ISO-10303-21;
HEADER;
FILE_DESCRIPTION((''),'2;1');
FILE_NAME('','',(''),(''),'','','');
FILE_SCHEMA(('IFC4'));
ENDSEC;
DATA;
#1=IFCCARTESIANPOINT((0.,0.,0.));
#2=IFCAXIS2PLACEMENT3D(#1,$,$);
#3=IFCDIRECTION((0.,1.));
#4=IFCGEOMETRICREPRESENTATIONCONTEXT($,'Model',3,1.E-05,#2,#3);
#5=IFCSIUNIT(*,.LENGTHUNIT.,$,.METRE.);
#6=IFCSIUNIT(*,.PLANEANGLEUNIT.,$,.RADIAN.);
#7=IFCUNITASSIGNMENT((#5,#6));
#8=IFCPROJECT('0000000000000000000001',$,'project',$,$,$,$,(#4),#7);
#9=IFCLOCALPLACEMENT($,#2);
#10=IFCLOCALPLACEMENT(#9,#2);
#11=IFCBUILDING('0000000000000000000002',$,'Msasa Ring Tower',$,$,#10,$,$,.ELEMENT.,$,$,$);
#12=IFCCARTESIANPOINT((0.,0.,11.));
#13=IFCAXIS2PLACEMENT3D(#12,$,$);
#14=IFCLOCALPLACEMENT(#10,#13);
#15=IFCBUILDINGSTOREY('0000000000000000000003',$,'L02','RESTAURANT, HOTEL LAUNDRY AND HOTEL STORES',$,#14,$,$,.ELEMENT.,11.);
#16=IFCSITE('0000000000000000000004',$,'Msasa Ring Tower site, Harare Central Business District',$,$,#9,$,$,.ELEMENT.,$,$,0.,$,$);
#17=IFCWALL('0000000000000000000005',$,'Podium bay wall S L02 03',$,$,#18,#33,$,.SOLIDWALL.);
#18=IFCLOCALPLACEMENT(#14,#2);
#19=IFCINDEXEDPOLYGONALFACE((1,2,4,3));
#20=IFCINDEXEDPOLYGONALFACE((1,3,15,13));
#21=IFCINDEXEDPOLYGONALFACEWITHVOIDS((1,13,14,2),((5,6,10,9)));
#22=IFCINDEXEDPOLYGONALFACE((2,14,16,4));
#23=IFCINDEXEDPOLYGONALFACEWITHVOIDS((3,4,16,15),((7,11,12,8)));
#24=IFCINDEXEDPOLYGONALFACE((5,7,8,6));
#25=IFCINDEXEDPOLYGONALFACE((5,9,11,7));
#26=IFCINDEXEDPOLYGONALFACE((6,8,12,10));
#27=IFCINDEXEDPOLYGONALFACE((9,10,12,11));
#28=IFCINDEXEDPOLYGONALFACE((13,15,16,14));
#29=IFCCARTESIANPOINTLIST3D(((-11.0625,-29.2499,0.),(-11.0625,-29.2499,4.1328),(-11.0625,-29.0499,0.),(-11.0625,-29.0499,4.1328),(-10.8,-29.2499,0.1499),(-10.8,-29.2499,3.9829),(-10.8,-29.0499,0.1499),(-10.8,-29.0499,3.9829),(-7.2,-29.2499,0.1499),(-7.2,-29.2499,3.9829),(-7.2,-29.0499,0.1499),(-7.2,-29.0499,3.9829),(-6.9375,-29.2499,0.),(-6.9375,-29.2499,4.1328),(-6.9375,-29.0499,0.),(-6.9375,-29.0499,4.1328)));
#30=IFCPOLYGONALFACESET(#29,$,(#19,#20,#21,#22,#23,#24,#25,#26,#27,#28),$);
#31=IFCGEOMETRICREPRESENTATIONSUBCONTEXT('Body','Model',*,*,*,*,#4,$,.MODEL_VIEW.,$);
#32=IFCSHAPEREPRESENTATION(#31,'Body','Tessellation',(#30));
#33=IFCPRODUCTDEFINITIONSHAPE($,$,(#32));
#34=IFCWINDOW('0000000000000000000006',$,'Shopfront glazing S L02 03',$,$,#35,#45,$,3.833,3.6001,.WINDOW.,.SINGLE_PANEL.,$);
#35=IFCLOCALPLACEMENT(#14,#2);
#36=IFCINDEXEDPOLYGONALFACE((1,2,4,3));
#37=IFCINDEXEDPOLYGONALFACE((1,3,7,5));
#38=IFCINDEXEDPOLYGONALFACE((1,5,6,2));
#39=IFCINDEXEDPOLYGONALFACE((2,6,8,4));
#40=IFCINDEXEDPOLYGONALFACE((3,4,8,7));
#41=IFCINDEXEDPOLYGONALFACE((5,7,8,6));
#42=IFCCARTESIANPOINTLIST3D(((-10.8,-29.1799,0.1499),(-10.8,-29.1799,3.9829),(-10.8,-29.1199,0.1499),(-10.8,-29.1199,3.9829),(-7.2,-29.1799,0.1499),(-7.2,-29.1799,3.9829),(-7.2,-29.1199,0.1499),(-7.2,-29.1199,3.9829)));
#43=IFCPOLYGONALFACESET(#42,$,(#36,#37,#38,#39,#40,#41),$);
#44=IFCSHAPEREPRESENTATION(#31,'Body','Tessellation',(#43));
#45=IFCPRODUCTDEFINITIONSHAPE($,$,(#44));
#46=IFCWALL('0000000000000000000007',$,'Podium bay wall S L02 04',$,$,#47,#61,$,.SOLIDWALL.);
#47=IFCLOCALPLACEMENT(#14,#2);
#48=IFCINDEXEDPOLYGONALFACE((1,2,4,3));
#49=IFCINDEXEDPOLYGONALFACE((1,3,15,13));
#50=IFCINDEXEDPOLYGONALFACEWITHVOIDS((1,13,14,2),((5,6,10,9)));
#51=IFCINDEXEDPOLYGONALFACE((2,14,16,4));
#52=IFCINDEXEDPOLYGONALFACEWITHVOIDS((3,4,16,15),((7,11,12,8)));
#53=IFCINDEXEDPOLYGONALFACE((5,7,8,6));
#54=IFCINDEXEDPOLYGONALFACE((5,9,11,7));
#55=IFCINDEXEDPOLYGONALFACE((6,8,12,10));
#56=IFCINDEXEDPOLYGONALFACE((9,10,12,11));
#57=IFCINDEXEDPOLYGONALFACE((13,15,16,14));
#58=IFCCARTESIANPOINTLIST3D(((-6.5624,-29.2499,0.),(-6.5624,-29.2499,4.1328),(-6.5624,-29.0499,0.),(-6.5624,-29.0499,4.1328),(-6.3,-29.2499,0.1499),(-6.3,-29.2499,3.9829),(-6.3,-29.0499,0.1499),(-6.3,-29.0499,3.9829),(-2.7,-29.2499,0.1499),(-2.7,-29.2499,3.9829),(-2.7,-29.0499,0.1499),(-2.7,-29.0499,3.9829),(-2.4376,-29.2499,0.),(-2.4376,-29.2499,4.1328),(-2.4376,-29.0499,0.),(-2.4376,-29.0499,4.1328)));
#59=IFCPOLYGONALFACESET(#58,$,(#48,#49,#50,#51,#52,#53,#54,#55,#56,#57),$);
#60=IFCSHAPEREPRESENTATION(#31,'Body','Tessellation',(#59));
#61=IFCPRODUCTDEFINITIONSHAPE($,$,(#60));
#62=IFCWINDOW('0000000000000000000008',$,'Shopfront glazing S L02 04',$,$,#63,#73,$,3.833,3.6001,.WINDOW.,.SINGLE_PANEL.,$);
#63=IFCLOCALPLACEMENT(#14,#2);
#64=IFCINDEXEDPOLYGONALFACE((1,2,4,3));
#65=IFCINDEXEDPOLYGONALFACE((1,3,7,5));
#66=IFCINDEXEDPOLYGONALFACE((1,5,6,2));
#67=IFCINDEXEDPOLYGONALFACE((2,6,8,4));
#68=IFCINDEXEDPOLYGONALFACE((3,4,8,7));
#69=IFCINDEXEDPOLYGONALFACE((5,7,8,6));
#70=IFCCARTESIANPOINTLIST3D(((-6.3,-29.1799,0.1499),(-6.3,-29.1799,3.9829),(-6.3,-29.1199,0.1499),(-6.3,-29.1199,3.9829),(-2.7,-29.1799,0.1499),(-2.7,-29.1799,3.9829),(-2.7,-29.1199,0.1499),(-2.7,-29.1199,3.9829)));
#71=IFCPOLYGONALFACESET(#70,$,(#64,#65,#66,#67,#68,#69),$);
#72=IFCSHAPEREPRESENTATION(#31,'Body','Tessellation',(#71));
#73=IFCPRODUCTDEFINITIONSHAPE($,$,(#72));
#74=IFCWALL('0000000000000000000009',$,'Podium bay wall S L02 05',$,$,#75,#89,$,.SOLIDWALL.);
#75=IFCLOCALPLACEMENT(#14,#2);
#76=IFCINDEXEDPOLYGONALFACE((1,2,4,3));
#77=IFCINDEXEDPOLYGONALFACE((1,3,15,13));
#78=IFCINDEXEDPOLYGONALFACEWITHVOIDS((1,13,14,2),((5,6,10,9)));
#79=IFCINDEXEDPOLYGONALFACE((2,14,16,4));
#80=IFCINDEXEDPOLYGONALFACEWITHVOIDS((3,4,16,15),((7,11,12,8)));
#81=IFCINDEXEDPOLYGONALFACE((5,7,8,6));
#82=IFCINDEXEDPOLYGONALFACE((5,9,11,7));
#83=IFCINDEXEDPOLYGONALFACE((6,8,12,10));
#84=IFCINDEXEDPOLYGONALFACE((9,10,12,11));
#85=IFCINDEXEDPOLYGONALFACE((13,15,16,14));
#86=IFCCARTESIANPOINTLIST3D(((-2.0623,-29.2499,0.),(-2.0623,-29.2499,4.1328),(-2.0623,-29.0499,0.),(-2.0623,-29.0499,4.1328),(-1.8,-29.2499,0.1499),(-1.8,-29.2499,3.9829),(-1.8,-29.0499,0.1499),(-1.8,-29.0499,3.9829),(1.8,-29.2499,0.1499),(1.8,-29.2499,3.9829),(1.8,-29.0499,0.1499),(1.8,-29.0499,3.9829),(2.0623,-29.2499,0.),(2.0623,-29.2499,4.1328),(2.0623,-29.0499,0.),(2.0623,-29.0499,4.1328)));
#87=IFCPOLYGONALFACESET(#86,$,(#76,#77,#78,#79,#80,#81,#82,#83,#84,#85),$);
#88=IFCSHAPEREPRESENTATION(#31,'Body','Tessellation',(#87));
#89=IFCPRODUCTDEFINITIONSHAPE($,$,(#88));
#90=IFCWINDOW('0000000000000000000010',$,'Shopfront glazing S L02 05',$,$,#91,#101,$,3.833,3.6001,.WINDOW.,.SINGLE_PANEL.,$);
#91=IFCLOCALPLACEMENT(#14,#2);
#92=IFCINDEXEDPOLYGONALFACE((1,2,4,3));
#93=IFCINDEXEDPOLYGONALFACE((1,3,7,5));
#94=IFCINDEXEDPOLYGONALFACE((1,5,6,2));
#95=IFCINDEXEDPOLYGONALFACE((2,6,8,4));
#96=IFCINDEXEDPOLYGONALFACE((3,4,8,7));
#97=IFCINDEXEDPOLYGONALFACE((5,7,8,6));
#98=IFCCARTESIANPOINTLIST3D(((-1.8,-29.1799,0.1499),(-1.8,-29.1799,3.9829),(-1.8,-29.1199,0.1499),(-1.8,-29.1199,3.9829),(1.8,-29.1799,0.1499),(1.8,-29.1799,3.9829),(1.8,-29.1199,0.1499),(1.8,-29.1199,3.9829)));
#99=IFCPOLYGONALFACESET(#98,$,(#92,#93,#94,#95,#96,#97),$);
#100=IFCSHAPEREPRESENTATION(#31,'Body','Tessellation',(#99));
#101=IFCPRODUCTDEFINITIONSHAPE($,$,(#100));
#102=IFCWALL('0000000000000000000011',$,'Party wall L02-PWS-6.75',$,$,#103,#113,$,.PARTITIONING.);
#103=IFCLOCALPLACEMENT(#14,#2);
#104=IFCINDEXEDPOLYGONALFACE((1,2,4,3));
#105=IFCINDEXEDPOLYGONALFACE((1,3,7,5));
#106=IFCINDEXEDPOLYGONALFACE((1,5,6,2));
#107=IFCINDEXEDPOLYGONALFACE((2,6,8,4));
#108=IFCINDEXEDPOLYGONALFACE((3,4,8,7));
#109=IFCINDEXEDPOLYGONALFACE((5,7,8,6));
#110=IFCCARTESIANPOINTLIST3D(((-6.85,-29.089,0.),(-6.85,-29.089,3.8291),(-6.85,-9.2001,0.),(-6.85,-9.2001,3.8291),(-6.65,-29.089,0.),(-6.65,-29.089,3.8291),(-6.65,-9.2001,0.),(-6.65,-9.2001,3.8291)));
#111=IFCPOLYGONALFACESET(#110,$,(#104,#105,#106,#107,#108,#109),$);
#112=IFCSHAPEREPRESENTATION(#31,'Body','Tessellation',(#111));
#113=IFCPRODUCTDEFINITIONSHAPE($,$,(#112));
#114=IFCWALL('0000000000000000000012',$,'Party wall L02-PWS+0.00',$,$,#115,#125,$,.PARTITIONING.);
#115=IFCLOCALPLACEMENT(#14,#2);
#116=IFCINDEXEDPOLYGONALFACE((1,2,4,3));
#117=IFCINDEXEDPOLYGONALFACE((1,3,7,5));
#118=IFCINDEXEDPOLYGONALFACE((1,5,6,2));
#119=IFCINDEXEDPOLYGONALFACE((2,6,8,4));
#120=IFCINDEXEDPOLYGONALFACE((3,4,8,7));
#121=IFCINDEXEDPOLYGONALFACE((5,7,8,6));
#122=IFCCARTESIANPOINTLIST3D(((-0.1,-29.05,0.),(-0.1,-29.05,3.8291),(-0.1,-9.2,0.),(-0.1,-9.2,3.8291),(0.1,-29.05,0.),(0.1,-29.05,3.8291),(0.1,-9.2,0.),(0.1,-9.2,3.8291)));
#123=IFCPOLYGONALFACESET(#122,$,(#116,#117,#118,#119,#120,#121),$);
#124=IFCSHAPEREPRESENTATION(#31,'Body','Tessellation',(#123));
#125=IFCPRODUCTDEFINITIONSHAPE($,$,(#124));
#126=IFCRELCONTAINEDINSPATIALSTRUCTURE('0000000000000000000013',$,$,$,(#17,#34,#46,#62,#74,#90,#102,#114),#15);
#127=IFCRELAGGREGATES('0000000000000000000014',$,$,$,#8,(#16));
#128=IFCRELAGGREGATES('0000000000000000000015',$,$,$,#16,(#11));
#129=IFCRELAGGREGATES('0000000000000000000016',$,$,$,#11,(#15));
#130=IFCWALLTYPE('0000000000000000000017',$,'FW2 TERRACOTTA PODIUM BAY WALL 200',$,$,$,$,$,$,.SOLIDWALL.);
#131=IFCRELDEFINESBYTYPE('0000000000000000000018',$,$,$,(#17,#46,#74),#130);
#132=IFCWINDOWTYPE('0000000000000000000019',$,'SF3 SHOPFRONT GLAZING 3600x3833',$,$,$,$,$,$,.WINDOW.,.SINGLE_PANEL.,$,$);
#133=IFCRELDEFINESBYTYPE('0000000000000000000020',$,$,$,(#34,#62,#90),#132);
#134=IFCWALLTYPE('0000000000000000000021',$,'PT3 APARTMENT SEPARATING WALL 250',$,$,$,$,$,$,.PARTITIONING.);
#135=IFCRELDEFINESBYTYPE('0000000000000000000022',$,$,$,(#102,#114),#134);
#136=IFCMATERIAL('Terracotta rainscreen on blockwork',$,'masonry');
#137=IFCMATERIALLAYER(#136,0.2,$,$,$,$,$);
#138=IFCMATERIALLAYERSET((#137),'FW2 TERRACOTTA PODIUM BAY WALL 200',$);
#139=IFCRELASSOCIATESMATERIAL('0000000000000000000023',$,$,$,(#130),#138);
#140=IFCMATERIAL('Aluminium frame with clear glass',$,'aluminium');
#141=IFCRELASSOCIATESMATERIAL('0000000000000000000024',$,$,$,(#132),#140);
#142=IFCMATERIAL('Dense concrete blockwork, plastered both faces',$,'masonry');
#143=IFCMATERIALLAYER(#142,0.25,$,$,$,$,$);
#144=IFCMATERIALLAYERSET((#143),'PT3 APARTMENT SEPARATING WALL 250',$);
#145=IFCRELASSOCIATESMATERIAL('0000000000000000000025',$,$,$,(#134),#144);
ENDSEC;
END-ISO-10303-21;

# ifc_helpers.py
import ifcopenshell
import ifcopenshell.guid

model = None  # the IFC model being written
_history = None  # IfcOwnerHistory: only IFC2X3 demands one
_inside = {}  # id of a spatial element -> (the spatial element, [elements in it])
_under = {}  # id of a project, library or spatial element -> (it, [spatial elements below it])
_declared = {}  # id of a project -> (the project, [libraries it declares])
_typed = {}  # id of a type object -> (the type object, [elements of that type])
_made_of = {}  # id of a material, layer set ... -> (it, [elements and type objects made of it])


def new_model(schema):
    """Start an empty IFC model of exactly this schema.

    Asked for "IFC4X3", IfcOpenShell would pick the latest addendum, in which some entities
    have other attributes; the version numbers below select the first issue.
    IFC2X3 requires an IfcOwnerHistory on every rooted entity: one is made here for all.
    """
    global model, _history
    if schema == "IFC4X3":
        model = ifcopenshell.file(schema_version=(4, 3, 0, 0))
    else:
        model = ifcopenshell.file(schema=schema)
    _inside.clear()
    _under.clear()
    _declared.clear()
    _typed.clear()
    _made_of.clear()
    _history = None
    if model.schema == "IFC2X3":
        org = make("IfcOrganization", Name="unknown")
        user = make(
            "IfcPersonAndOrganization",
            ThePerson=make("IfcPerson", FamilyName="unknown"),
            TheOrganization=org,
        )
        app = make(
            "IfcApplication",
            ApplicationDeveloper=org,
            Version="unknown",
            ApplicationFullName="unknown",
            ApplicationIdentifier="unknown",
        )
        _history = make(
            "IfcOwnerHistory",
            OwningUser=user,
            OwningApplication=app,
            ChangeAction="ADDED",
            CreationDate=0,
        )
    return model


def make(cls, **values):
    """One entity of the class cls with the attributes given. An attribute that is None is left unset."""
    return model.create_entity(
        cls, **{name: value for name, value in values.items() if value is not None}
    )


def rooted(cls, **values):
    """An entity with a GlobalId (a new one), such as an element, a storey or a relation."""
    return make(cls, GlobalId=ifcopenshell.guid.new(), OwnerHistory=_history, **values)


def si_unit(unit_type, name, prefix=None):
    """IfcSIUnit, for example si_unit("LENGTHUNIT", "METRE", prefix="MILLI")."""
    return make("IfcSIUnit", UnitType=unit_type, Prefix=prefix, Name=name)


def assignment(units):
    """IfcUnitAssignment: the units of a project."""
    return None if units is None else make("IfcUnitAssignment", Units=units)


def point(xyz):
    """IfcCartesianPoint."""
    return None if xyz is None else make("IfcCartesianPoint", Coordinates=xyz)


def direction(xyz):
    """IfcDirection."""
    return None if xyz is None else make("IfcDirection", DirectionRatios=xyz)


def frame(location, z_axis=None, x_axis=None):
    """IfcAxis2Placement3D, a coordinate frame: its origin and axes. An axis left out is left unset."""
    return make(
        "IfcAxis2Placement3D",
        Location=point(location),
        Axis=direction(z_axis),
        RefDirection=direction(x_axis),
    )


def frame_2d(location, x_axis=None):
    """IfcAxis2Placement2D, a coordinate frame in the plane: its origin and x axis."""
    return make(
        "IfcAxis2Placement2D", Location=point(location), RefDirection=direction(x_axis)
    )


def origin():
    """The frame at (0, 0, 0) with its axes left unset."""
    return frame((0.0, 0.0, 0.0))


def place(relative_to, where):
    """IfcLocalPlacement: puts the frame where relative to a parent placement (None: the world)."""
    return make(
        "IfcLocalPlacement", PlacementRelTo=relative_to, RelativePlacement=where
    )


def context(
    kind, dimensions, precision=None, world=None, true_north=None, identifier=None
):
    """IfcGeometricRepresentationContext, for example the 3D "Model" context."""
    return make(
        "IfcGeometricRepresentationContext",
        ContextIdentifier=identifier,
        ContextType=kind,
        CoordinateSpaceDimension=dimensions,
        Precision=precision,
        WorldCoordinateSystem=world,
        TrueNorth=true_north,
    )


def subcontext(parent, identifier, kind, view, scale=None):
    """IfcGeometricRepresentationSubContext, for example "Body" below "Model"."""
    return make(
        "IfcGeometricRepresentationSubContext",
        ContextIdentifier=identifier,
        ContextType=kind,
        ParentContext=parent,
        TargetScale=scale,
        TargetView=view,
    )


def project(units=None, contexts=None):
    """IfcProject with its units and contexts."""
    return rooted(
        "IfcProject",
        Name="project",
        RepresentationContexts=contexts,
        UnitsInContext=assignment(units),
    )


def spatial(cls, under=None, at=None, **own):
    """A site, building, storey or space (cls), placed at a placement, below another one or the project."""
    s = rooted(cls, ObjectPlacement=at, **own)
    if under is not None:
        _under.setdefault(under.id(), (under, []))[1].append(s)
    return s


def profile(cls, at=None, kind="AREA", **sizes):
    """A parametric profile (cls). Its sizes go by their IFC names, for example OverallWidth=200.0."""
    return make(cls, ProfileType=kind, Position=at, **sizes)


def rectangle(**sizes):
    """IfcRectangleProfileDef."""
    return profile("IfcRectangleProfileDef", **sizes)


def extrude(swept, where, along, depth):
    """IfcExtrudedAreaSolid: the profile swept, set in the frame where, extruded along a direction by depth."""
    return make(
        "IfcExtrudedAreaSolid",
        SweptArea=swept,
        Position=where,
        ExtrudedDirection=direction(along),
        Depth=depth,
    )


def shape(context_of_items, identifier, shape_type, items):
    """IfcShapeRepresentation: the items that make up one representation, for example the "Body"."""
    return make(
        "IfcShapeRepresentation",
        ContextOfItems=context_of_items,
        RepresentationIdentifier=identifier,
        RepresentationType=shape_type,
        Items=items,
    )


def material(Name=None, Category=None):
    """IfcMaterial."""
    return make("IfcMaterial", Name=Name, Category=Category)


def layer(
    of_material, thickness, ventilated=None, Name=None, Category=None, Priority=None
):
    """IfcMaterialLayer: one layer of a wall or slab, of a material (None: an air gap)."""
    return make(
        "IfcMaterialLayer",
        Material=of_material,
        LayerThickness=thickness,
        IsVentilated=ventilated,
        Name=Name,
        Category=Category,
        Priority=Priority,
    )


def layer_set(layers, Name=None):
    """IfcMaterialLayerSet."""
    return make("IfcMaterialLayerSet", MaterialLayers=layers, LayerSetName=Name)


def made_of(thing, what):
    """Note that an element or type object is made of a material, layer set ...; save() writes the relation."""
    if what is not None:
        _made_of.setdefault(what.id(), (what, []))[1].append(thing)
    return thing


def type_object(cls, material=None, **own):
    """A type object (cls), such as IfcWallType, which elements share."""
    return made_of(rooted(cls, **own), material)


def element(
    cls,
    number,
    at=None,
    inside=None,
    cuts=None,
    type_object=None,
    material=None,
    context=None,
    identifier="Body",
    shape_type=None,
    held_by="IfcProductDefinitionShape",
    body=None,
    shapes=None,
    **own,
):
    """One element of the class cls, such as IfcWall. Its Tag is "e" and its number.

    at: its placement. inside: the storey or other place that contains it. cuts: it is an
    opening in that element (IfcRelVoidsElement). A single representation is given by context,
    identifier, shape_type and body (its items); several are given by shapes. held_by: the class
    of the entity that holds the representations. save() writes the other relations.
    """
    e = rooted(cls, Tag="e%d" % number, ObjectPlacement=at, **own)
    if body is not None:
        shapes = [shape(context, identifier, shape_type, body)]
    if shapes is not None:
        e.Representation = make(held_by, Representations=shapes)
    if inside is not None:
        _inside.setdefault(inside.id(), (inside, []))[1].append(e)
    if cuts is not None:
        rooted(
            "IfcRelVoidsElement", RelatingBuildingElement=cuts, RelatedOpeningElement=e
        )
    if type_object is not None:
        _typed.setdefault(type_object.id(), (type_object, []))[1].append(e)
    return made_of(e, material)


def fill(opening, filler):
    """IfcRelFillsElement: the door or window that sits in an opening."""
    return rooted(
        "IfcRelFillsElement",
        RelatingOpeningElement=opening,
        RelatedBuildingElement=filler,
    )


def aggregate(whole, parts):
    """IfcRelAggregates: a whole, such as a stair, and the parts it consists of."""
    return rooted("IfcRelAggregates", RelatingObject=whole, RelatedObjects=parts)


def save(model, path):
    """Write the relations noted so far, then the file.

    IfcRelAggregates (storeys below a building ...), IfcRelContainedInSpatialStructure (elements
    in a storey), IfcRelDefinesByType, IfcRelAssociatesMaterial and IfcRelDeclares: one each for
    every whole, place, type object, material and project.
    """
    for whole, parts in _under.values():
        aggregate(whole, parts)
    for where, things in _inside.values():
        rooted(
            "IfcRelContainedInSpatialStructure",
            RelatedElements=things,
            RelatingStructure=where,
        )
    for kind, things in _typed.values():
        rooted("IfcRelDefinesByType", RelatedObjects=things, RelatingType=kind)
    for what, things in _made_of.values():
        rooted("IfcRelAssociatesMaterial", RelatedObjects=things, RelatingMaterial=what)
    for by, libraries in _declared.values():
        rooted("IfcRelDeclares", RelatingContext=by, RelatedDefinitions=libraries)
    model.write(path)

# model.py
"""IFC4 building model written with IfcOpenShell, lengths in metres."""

from ifc_helpers import new_model, si_unit, direction, frame, frame_2d, origin, place, context, subcontext, project, spatial, rectangle, extrude, material, layer, layer_set, type_object, element, fill, save


model = new_model("IFC4")

# Units and contexts
model_context = context("Model", 3, precision=1e-05, world=origin(), true_north=direction((0.0, 1.0)))
body_context = subcontext(model_context, "Body", "Model", "MODEL_VIEW")
ifc_project = project(units=[si_unit("LENGTHUNIT", "METRE"), si_unit("PLANEANGLEUNIT", "RADIAN")], contexts=[model_context])

# Site, building, storey
site_placement = place(None, origin())
site = spatial("IfcSite", under=ifc_project, at=site_placement, Name="Msasa Ring Tower site, Harare Central Business District", CompositionType="ELEMENT", RefElevation=0.0)
building_placement = place(site_placement, origin())
building = spatial("IfcBuilding", under=site, at=building_placement, Name="Msasa Ring Tower", CompositionType="ELEMENT")
storey_placement = place(building_placement, frame((0.0, 0.0, 11.0)))
storey = spatial("IfcBuildingStorey", under=building, at=storey_placement, Name="L02", Description="RESTAURANT, HOTEL LAUNDRY AND HOTEL STORES", CompositionType="ELEMENT", Elevation=11.0)

# Walls, openings, windows
ifc_material_1 = material(Name="Terracotta rainscreen on blockwork", Category="masonry")
ifc_layer_1 = layer(ifc_material_1, 0.2)
ifc_layer_set_1 = layer_set([ifc_layer_1], Name="FW2 TERRACOTTA PODIUM BAY WALL 200")
wall_type_1 = type_object("IfcWallType", Name="FW2 TERRACOTTA PODIUM BAY WALL 200", PredefinedType="SOLIDWALL", material=ifc_layer_set_1)
wall_1_placement = place(storey_placement, frame((-11.0625, -29.1499, 0.0), z_axis=(0.0, 0.0, 1.0), x_axis=(1.0, 0.0, 0.0)))
wall_1 = element("IfcWall", 1, at=wall_1_placement, inside=storey, type_object=wall_type_1, Name="Podium bay wall S L02 03", PredefinedType="SOLIDWALL", context=body_context, shape_type="SweptSolid", body=[
    extrude(rectangle(XDim=4.125, YDim=0.2, at=frame_2d((2.0625, 0.0))), origin(), (0.0, 0.0, 1.0), 4.1328),
])
opening_1_placement = place(wall_1_placement, frame((0.2625, 0.0, 0.1499)))
opening_1 = element("IfcOpeningElement", 2, at=opening_1_placement, cuts=wall_1, PredefinedType="OPENING", context=body_context, shape_type="SweptSolid", body=[
    extrude(rectangle(XDim=3.6001, YDim=3.833, at=frame_2d((1.8, 1.9165))), frame((0.0, 0.1099, 0.0), z_axis=(0.0, -1.0, 0.0), x_axis=(1.0, 0.0, 0.0)), (0.0, 0.0, 1.0), 0.22),
])
ifc_material_2 = material(Name="Aluminium frame with clear glass", Category="aluminium")
window_type = type_object("IfcWindowType", Name="SF3 SHOPFRONT GLAZING 3600x3833", PartitioningType="SINGLE_PANEL", PredefinedType="WINDOW", material=ifc_material_2)
window_1_placement = place(opening_1_placement, origin())
window_1 = element("IfcWindow", 3, at=window_1_placement, inside=storey, type_object=window_type, Name="Shopfront glazing S L02 03", OverallHeight=3.833, OverallWidth=3.6001, PartitioningType="SINGLE_PANEL", PredefinedType="WINDOW", context=body_context, shape_type="SweptSolid", body=[
    extrude(rectangle(XDim=3.6001, YDim=3.833, at=frame_2d((1.8, 1.9165))), frame((0.0, 0.03, 0.0), z_axis=(0.0, -1.0, 0.0), x_axis=(1.0, 0.0, 0.0)), (0.0, 0.0, 1.0), 0.0601),
])
fill(opening_1, window_1)
wall_2_placement = place(storey_placement, frame((-6.5625, -29.1499, 0.0), z_axis=(0.0, 0.0, 1.0), x_axis=(1.0, 0.0, 0.0)))
wall_2 = element("IfcWall", 4, at=wall_2_placement, inside=storey, type_object=wall_type_1, Name="Podium bay wall S L02 04", PredefinedType="SOLIDWALL", context=body_context, shape_type="SweptSolid", body=[
    extrude(rectangle(XDim=4.1248, YDim=0.2, at=frame_2d((2.0625, 0.0))), origin(), (0.0, 0.0, 1.0), 4.1328),
])
opening_2_placement = place(wall_2_placement, frame((0.2625, 0.0, 0.1499)))
opening_2 = element("IfcOpeningElement", 5, at=opening_2_placement, cuts=wall_2, PredefinedType="OPENING", context=body_context, shape_type="SweptSolid", body=[
    extrude(rectangle(XDim=3.6001, YDim=3.833, at=frame_2d((1.8, 1.9165))), frame((0.0, 0.1099, 0.0), z_axis=(0.0, -1.0, 0.0), x_axis=(1.0, 0.0, 0.0)), (0.0, 0.0, 1.0), 0.22),
])
window_2_placement = place(opening_2_placement, origin())
window_2 = element("IfcWindow", 6, at=window_2_placement, inside=storey, type_object=window_type, Name="Shopfront glazing S L02 04", OverallHeight=3.833, OverallWidth=3.6001, PartitioningType="SINGLE_PANEL", PredefinedType="WINDOW", context=body_context, shape_type="SweptSolid", body=[
    extrude(rectangle(XDim=3.6001, YDim=3.833, at=frame_2d((1.8, 1.9165))), frame((0.0, 0.03, 0.0), z_axis=(0.0, -1.0, 0.0), x_axis=(1.0, 0.0, 0.0)), (0.0, 0.0, 1.0), 0.0601),
])
fill(opening_2, window_2)
wall_3_placement = place(storey_placement, frame((-2.0623, -29.1499, 0.0), z_axis=(0.0, 0.0, 1.0), x_axis=(1.0, 0.0, 0.0)))
wall_3 = element("IfcWall", 7, at=wall_3_placement, inside=storey, type_object=wall_type_1, Name="Podium bay wall S L02 05", PredefinedType="SOLIDWALL", context=body_context, shape_type="SweptSolid", body=[
    extrude(rectangle(XDim=4.1245, YDim=0.2, at=frame_2d((2.0623, 0.0))), origin(), (0.0, 0.0, 1.0), 4.1328),
])
opening_3_placement = place(wall_3_placement, frame((0.2622, 0.0, 0.1499)))
opening_3 = element("IfcOpeningElement", 8, at=opening_3_placement, cuts=wall_3, PredefinedType="OPENING", context=body_context, shape_type="SweptSolid", body=[
    extrude(rectangle(XDim=3.6001, YDim=3.833, at=frame_2d((1.8, 1.9165))), frame((0.0, 0.1099, 0.0), z_axis=(0.0, -1.0, 0.0), x_axis=(1.0, 0.0, 0.0)), (0.0, 0.0, 1.0), 0.22),
])
window_3_placement = place(opening_3_placement, origin())
window_3 = element("IfcWindow", 9, at=window_3_placement, inside=storey, type_object=window_type, Name="Shopfront glazing S L02 05", OverallHeight=3.833, OverallWidth=3.6001, PartitioningType="SINGLE_PANEL", PredefinedType="WINDOW", context=body_context, shape_type="SweptSolid", body=[
    extrude(rectangle(XDim=3.6001, YDim=3.833, at=frame_2d((1.8, 1.9165))), frame((0.0, 0.03, 0.0), z_axis=(0.0, -1.0, 0.0), x_axis=(1.0, 0.0, 0.0)), (0.0, 0.0, 1.0), 0.0601),
])
fill(opening_3, window_3)

# Walls
ifc_material_3 = material(Name="Dense concrete blockwork, plastered both faces", Category="masonry")
ifc_layer_2 = layer(ifc_material_3, 0.25)
ifc_layer_set_2 = layer_set([ifc_layer_2], Name="PT3 APARTMENT SEPARATING WALL 250")
wall_type_2 = type_object("IfcWallType", Name="PT3 APARTMENT SEPARATING WALL 250", PredefinedType="PARTITIONING", material=ifc_layer_set_2)
wall_4_placement = place(storey_placement, frame((-6.75, -29.0889, 0.0), z_axis=(0.0, 0.0, 1.0), x_axis=(0.0, 1.0, 0.0)))
element("IfcWall", 10, at=wall_4_placement, inside=storey, type_object=wall_type_2, Name="Party wall L02-PWS-6.75", PredefinedType="PARTITIONING", context=body_context, shape_type="SweptSolid", body=[
    extrude(rectangle(XDim=19.8889, YDim=0.2, at=frame_2d((9.9443, 0.0))), origin(), (0.0, 0.0, 1.0), 3.8291),
])
wall_5_placement = place(storey_placement, frame((0.0, -29.05, 0.0), z_axis=(0.0, 0.0, 1.0), x_axis=(0.0, 1.0, 0.0)))
element("IfcWall", 11, at=wall_5_placement, inside=storey, type_object=wall_type_2, Name="Party wall L02-PWS+0.00", PredefinedType="PARTITIONING", context=body_context, shape_type="SweptSolid", body=[
    extrude(rectangle(XDim=19.8501, YDim=0.2, at=frame_2d((9.925, 0.0))), origin(), (0.0, 0.0, 1.0), 3.8291),
])

save(model, "model.ifc")
